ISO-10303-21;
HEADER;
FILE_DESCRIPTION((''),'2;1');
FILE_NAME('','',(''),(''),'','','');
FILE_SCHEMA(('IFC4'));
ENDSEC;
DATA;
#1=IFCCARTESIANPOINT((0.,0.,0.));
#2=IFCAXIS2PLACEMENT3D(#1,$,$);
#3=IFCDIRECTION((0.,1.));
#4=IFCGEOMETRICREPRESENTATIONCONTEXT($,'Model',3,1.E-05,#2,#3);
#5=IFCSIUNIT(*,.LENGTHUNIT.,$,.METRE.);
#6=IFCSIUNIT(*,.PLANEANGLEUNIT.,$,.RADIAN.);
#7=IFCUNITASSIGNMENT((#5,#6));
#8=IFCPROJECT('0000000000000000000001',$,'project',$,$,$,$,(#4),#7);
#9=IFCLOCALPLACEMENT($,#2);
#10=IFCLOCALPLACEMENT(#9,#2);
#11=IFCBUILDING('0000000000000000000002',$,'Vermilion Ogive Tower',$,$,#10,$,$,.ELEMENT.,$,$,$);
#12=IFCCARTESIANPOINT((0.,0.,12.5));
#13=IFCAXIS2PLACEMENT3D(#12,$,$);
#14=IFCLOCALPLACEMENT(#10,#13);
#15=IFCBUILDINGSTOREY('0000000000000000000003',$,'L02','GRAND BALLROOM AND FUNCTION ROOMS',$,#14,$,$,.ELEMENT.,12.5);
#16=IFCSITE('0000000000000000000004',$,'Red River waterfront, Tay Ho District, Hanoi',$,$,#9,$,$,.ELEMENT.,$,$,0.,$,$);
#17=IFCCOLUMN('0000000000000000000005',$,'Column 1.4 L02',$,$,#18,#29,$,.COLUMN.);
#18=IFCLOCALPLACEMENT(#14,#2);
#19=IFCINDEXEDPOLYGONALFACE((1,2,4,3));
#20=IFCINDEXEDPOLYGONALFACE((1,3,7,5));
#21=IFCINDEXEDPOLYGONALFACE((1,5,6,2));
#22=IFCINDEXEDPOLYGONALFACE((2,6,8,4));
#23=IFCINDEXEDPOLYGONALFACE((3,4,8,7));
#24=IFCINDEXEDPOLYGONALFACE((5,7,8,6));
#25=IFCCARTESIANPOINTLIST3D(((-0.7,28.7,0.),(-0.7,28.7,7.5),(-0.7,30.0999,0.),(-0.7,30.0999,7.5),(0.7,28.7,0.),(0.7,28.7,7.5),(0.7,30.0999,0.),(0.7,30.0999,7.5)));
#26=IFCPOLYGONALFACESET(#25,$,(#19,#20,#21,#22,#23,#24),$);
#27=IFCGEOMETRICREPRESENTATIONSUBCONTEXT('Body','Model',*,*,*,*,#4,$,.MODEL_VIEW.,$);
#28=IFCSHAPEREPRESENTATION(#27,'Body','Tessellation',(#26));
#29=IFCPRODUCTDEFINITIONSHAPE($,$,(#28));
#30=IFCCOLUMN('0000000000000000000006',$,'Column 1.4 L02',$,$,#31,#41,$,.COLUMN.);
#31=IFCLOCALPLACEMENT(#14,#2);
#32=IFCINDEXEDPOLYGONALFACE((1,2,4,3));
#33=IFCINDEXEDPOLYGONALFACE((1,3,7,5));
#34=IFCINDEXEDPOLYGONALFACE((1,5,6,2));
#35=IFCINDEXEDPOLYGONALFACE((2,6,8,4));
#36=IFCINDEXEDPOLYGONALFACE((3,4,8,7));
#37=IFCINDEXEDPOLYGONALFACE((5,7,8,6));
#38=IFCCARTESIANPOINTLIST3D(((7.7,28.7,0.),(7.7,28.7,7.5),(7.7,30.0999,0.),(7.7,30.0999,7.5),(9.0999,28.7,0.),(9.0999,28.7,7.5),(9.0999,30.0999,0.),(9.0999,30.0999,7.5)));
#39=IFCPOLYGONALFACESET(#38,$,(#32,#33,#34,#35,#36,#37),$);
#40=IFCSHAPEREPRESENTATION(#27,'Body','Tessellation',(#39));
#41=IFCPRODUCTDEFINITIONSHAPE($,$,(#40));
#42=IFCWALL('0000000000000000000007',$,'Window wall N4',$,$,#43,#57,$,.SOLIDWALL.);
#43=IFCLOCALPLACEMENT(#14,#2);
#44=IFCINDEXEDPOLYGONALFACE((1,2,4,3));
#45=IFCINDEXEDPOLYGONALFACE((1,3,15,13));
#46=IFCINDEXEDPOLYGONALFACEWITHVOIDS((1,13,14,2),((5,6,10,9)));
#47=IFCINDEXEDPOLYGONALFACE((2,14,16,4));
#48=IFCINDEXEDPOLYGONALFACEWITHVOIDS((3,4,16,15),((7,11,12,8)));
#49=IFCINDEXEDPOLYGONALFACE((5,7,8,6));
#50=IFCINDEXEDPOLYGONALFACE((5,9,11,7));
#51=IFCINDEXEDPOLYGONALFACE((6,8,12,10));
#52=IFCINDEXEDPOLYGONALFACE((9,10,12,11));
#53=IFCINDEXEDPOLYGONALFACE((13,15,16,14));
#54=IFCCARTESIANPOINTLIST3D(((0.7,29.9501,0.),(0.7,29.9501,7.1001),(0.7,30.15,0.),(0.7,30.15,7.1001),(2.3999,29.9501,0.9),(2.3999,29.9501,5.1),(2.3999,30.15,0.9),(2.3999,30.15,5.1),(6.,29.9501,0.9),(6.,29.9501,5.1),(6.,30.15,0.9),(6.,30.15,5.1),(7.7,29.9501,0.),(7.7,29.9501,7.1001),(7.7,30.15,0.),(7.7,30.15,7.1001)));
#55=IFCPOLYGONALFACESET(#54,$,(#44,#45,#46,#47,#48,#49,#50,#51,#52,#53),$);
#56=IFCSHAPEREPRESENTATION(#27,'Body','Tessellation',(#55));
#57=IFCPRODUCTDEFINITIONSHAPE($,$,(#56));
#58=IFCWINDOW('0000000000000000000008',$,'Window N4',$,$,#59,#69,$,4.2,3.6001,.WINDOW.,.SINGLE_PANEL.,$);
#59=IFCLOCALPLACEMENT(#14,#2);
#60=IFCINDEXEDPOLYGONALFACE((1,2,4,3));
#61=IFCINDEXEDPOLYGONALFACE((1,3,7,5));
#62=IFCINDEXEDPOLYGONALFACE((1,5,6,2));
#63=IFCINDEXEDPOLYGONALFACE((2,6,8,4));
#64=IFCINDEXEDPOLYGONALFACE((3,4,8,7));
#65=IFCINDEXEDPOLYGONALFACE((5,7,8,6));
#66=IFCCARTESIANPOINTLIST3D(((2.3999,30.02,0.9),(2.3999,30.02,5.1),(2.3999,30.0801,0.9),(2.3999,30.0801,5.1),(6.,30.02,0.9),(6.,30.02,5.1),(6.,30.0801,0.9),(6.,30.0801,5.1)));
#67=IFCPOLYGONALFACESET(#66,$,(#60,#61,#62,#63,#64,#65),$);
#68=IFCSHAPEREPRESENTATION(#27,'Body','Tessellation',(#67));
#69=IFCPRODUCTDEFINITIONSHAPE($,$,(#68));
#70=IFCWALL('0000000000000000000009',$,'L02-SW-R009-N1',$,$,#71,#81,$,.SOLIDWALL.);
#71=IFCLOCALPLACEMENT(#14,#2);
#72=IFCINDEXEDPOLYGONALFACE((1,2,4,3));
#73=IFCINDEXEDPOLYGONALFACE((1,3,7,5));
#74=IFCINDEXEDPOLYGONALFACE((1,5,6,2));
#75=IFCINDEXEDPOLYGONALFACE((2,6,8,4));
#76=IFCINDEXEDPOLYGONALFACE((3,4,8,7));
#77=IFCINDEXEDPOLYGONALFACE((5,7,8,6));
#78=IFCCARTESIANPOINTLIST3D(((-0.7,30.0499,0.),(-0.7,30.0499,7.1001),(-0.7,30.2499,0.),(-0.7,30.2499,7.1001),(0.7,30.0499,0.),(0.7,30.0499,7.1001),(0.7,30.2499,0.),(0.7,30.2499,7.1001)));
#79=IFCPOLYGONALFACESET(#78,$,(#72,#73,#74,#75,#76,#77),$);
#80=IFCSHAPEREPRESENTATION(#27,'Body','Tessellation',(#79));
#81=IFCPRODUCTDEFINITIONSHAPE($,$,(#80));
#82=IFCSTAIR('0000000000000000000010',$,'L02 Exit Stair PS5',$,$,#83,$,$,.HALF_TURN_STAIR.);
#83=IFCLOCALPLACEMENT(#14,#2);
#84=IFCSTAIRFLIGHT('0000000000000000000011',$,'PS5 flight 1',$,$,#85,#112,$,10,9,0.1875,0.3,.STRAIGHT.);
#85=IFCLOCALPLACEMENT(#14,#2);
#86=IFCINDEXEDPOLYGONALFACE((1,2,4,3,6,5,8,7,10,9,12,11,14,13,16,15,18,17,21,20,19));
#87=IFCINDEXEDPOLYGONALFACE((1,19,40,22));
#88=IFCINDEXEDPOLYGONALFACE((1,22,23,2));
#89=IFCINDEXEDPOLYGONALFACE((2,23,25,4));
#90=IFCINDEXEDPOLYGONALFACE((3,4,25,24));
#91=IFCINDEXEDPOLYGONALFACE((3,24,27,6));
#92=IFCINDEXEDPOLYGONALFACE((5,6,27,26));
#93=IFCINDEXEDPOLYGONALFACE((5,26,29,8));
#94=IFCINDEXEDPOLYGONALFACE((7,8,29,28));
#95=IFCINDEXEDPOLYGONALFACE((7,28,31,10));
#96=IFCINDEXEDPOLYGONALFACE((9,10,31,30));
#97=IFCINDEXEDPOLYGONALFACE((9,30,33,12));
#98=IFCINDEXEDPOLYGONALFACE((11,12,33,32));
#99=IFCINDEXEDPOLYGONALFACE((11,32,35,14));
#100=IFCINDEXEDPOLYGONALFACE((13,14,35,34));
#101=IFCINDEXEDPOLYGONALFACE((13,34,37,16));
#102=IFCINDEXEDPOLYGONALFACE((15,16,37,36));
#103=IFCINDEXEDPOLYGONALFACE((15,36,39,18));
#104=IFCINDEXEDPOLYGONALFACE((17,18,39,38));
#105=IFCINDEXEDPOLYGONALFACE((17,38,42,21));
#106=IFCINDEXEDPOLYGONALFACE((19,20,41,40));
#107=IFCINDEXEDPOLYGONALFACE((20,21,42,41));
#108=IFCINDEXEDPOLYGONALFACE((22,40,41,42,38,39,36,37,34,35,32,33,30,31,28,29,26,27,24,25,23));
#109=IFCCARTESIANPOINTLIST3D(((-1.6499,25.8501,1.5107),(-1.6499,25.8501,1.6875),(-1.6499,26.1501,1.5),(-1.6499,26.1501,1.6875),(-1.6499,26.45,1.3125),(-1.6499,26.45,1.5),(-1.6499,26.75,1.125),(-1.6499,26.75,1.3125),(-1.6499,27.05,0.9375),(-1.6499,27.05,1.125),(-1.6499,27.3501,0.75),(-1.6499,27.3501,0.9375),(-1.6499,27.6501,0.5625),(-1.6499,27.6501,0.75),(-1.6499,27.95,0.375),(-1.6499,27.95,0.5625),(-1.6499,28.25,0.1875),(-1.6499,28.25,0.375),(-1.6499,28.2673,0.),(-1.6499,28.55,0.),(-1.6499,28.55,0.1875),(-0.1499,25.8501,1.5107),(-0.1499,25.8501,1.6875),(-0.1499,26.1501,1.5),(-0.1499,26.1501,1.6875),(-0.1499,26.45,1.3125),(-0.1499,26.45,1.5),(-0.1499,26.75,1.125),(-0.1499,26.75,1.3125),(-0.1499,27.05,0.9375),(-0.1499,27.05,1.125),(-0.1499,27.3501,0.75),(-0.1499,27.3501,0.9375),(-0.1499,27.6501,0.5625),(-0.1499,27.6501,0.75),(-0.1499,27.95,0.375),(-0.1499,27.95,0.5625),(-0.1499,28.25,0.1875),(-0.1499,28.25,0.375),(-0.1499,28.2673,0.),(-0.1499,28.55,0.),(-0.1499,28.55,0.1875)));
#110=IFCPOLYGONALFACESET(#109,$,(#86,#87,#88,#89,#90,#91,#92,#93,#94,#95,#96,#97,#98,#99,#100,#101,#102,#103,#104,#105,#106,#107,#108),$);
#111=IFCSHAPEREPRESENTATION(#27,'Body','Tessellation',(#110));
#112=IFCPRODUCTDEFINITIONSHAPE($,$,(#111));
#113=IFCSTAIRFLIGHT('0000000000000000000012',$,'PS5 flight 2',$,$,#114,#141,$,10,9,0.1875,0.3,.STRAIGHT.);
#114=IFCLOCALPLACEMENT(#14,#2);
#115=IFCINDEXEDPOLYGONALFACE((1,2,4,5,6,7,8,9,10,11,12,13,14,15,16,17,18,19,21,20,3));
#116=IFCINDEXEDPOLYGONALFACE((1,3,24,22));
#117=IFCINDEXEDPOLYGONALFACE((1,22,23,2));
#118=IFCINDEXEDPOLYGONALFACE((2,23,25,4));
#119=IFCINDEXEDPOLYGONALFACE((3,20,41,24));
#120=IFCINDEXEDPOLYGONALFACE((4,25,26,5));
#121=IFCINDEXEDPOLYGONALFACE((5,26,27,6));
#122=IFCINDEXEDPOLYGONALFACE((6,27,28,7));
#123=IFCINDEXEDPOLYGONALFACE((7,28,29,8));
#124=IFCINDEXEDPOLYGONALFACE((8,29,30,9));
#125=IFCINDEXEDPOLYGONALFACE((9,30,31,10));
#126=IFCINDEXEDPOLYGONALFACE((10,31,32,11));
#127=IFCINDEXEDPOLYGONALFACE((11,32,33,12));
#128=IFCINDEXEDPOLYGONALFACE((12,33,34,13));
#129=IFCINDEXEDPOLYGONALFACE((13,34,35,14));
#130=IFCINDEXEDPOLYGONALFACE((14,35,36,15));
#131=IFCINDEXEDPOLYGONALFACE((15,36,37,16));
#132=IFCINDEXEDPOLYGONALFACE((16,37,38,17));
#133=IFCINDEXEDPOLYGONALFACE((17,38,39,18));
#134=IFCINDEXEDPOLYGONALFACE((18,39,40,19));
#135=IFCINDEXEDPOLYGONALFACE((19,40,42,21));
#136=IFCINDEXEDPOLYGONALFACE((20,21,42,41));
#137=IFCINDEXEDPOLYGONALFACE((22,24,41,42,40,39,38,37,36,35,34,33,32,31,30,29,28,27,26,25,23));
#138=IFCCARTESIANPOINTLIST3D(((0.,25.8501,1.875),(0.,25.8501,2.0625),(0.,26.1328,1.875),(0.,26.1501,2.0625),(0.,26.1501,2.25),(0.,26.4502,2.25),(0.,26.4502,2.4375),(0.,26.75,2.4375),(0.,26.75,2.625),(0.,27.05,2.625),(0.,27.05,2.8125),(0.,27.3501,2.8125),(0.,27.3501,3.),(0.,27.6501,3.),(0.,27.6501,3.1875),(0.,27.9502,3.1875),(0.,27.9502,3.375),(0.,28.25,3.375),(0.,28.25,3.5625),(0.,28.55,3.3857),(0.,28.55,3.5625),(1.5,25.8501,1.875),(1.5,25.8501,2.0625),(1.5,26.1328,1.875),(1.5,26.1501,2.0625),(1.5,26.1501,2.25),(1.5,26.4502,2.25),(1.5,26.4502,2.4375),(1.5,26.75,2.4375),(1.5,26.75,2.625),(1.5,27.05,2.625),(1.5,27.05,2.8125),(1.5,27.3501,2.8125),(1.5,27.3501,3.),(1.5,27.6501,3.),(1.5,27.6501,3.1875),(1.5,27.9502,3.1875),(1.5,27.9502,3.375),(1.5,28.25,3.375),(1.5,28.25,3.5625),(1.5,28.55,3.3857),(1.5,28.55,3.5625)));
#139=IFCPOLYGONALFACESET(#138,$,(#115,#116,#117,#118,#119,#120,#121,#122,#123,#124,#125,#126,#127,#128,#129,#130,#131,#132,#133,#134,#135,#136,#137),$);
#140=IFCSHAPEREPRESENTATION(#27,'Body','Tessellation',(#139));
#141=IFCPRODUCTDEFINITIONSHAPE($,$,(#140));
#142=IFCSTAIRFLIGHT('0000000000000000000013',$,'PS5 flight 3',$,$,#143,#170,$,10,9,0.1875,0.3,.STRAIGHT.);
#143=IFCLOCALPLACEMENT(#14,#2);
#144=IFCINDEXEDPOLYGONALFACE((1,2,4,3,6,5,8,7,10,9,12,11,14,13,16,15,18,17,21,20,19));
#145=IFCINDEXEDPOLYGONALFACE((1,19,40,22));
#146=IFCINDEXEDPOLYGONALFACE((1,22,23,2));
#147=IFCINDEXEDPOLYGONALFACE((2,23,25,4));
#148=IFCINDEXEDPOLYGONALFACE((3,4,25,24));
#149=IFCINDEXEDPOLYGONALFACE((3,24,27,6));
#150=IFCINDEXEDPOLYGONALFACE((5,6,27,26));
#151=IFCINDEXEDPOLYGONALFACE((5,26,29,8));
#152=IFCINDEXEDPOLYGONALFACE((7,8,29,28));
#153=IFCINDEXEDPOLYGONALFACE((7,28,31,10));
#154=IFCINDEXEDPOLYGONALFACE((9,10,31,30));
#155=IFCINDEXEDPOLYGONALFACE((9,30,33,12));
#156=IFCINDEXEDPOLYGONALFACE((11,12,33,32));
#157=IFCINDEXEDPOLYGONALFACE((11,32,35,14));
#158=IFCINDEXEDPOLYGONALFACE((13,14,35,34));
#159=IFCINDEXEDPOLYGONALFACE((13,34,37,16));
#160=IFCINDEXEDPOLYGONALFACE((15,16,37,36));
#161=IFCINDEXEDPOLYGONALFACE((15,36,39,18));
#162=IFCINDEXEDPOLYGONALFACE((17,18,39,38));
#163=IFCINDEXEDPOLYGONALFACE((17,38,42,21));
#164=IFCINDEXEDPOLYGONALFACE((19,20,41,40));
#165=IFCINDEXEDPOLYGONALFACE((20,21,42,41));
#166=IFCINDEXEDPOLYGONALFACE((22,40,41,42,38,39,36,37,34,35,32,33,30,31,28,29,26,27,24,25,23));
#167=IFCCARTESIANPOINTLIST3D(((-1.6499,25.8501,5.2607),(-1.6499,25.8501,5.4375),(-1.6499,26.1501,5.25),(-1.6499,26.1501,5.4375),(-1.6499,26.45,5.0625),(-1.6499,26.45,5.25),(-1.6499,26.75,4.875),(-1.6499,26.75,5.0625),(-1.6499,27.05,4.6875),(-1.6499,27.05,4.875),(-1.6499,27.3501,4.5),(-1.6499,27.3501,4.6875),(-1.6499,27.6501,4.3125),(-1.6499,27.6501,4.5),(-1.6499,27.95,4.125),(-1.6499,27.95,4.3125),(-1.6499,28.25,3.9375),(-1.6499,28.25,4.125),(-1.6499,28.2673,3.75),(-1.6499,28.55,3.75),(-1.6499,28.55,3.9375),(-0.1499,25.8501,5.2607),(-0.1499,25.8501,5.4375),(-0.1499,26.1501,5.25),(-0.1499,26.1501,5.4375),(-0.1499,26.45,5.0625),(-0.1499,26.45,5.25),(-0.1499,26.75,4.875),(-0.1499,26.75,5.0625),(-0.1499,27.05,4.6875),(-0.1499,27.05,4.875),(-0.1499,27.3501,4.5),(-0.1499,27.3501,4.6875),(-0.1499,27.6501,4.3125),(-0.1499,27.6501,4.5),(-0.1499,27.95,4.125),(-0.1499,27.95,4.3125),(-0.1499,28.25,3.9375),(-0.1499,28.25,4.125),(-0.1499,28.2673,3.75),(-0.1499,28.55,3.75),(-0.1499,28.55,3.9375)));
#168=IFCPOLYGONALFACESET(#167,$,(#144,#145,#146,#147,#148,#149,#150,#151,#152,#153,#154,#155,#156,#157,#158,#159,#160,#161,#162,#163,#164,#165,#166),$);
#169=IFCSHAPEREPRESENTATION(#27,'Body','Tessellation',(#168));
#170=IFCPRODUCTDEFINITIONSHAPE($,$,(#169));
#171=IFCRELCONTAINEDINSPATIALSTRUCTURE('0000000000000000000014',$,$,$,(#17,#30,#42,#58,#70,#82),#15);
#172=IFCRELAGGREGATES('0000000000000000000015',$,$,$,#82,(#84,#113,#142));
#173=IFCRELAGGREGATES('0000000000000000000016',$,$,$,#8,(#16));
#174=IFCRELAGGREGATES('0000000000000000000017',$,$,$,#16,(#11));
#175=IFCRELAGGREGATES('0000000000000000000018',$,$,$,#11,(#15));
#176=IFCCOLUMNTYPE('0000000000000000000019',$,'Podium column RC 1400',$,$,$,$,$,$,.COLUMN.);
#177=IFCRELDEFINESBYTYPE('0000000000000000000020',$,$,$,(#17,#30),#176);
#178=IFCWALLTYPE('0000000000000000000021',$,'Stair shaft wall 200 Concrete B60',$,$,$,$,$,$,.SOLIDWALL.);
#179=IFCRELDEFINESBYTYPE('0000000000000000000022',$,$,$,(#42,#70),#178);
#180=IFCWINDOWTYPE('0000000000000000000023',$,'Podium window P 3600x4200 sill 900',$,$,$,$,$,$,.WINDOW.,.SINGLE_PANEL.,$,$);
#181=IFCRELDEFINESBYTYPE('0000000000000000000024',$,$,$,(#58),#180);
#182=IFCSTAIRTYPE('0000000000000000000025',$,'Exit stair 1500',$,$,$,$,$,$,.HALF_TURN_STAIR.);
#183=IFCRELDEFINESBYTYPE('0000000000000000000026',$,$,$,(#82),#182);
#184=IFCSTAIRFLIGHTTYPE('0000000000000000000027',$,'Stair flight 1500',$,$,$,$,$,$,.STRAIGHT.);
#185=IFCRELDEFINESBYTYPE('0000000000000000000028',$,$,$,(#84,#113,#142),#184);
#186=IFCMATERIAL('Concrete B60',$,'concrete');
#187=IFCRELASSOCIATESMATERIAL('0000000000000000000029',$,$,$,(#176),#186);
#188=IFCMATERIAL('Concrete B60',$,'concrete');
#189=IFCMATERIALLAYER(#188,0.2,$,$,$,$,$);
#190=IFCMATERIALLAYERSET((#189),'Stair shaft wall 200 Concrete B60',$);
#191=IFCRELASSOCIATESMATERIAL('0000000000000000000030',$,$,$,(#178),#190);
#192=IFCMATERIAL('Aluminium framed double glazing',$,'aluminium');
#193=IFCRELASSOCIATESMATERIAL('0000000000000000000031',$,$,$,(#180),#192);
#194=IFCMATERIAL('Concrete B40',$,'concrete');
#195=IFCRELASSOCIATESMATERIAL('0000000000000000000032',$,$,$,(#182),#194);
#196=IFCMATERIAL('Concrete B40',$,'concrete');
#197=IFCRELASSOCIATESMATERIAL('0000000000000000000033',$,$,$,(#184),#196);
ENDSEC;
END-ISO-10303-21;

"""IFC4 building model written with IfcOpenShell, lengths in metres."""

from ifc_helpers import new_model, si_unit, direction, frame, frame_2d, origin, origin_2d, place, context, subcontext, project, spatial, polyline, rectangle, outline, extrude, material, layer, layer_set, material_profile, profile_set, type_object, element, fill, aggregate, save


model = new_model("IFC4")

# Units and contexts
model_context = context("Model", 3, precision=1e-05, world=origin(), true_north=direction((0.0, 1.0)))
body_context = subcontext(model_context, "Body", "Model", "MODEL_VIEW")
ifc_project = project(units=[si_unit("LENGTHUNIT", "METRE"), si_unit("PLANEANGLEUNIT", "RADIAN")], contexts=[model_context])

# Site, building, storey
site_placement = place(None, origin())
site = spatial("IfcSite", under=ifc_project, at=site_placement, Name="Red River waterfront, Tay Ho District, Hanoi", CompositionType="ELEMENT", RefElevation=0.0)
building_placement = place(site_placement, origin())
building = spatial("IfcBuilding", under=site, at=building_placement, Name="Vermilion Ogive Tower", CompositionType="ELEMENT")
storey_placement = place(building_placement, frame((0.0, 0.0, 12.5)))
storey = spatial("IfcBuildingStorey", under=building, at=storey_placement, Name="L02", Description="GRAND BALLROOM AND FUNCTION ROOMS", CompositionType="ELEMENT", Elevation=12.5)

# Columns
ifc_material_1 = material(Name="Concrete B60", Category="concrete")
ifc_material_profile = material_profile(ifc_material_1, rectangle(XDim=1.3999, YDim=1.3999, at=origin_2d()), Name="RC 1400x1400")
ifc_profile_set = profile_set([ifc_material_profile], Name="Concrete B60")
column_type = type_object("IfcColumnType", Name="Podium column RC 1400", PredefinedType="COLUMN", material=ifc_profile_set)
for number, where, z_axis, x_axis, name in (
    (1, (0.0, 29.3999, 0.0), (0.0, 0.0, 1.0), (1.0, 0.0, 0.0), "Column 1.4 L02"),
    (2, (8.3999, 29.3999, 0.0), (0.0, 0.0, 1.0), (1.0, 0.0, 0.0), "Column 1.4 L02"),
):
    element("IfcColumn", number, at=place(storey_placement, frame(where, z_axis=z_axis, x_axis=x_axis)), inside=storey, type_object=column_type, Name=name, PredefinedType="COLUMN", context=body_context, shape_type="SweptSolid", body=[
        extrude(rectangle(XDim=1.3999, YDim=1.3999, at=origin_2d()), origin(), (0.0, 0.0, 1.0), 7.5),
    ])

# Wall, opening, window
ifc_material_2 = material(Name="Concrete B60", Category="concrete")
ifc_layer = layer(ifc_material_2, 0.2)
ifc_layer_set = layer_set([ifc_layer], Name="Stair shaft wall 200 Concrete B60")
wall_type = type_object("IfcWallType", Name="Stair shaft wall 200 Concrete B60", PredefinedType="SOLIDWALL", material=ifc_layer_set)
wall_1_placement = place(storey_placement, frame((0.7, 30.05, 0.0), z_axis=(0.0, 0.0, 1.0), x_axis=(1.0, 0.0, 0.0)))
wall_1 = element("IfcWall", 3, at=wall_1_placement, inside=storey, type_object=wall_type, Name="Window wall N4", PredefinedType="SOLIDWALL", context=body_context, shape_type="SweptSolid", body=[
    extrude(rectangle(XDim=7.0, YDim=0.2, at=frame_2d((3.5, 0.0))), origin(), (0.0, 0.0, 1.0), 7.1001),
])
opening_placement = place(wall_1_placement, frame((1.7, 0.0, 0.8999)))
opening = element("IfcOpeningElement", 4, at=opening_placement, cuts=wall_1, PredefinedType="OPENING", context=body_context, shape_type="SweptSolid", body=[
    extrude(rectangle(XDim=3.6001, YDim=4.2, at=frame_2d((1.8, 2.1001))), frame((0.0, 0.1099, 0.0), z_axis=(0.0, -1.0, 0.0), x_axis=(1.0, 0.0, 0.0)), (0.0, 0.0, 1.0), 0.22),
])
ifc_material_3 = material(Name="Aluminium framed double glazing", Category="aluminium")
window_type = type_object("IfcWindowType", Name="Podium window P 3600x4200 sill 900", PartitioningType="SINGLE_PANEL", PredefinedType="WINDOW", material=ifc_material_3)
window_placement = place(opening_placement, origin())
window = element("IfcWindow", 5, at=window_placement, inside=storey, type_object=window_type, Name="Window N4", OverallHeight=4.2, OverallWidth=3.6001, PartitioningType="SINGLE_PANEL", PredefinedType="WINDOW", context=body_context, shape_type="SweptSolid", body=[
    extrude(rectangle(XDim=3.6001, YDim=4.2, at=frame_2d((1.8, 2.1001))), frame((0.0, 0.03, 0.0), z_axis=(0.0, -1.0, 0.0), x_axis=(1.0, 0.0, 0.0)), (0.0, 0.0, 1.0), 0.0601),
])
fill(opening, window)

# Wall
wall_2_placement = place(storey_placement, frame((-0.7, 30.1499, 0.0), z_axis=(0.0, 0.0, 1.0), x_axis=(1.0, 0.0, 0.0)))
element("IfcWall", 6, at=wall_2_placement, inside=storey, type_object=wall_type, Name="L02-SW-R009-N1", PredefinedType="SOLIDWALL", context=body_context, shape_type="SweptSolid", body=[
    extrude(rectangle(XDim=1.3999, YDim=0.2, at=frame_2d((0.7, 0.0))), origin(), (0.0, 0.0, 1.0), 7.1001),
])

# Stair, stair flights
ifc_material_4 = material(Name="Concrete B40", Category="concrete")
stair_type = type_object("IfcStairType", Name="Exit stair 1500", PredefinedType="HALF_TURN_STAIR", material=ifc_material_4)
stair_placement = place(storey_placement, origin())
stair = element("IfcStair", 7, at=stair_placement, inside=storey, type_object=stair_type, Name="L02 Exit Stair PS5", PredefinedType="HALF_TURN_STAIR")
ifc_material_5 = material(Name="Concrete B40", Category="concrete")
stair_flight_type = type_object("IfcStairFlightType", Name="Stair flight 1500", PredefinedType="STRAIGHT", material=ifc_material_5)
stair_flight_1_placement = place(storey_placement, frame((-0.8999, 28.55, 0.0), z_axis=(0.0, 0.0, 1.0), x_axis=(0.0, -1.0, 0.0)))
stair_flight_1 = element("IfcStairFlight", 8, at=stair_flight_1_placement, type_object=stair_flight_type, Name="PS5 flight 1", NumberOfRisers=10, NumberOfTreads=9, PredefinedType="STRAIGHT", RiserHeight=0.1875, TreadLength=0.3, context=body_context, shape_type="SweptSolid", body=[
    extrude(outline(polyline([(0.0, 0.0), (0.0, 0.1875), (0.3, 0.1875), (0.3, 0.375), (0.6001, 0.375), (0.6001, 0.5625), (0.8999, 0.5625), (0.8999, 0.75), (1.2, 0.75), (1.2, 0.9375), (1.5, 0.9375), (1.5, 1.125), (1.8, 1.125), (1.8, 1.3125), (2.1001, 1.3125), (2.1001, 1.5), (2.3999, 1.5), (2.3999, 1.6875), (2.7, 1.6875), (2.7, 1.875), (2.7, 1.5107), (0.2827, 0.0), (0.0, 0.0)])), frame((0.0, 0.75, 0.0), z_axis=(0.0, -1.0, 0.0), x_axis=(1.0, 0.0, 0.0)), (0.0, 0.0, 1.0), 1.5),
])
stair_flight_2_placement = place(storey_placement, frame((0.75, 25.8501, 1.875), z_axis=(0.0, 0.0, 1.0), x_axis=(0.0, 1.0, 0.0)))
stair_flight_2 = element("IfcStairFlight", 9, at=stair_flight_2_placement, type_object=stair_flight_type, Name="PS5 flight 2", NumberOfRisers=10, NumberOfTreads=9, PredefinedType="STRAIGHT", RiserHeight=0.1875, TreadLength=0.3, context=body_context, shape_type="SweptSolid", body=[
    extrude(outline(polyline([(0.0, 0.0), (0.0, 0.1875), (0.3, 0.1875), (0.3, 0.375), (0.6001, 0.375), (0.6001, 0.5625), (0.8999, 0.5625), (0.8999, 0.75), (1.2, 0.75), (1.2, 0.9375), (1.5, 0.9375), (1.5, 1.125), (1.8, 1.125), (1.8, 1.3125), (2.1001, 1.3125), (2.1001, 1.5), (2.3999, 1.5), (2.3999, 1.6875), (2.7, 1.6875), (2.7, 1.875), (2.7, 1.5107), (0.2827, 0.0), (0.0, 0.0)])), frame((0.0, 0.75, 0.0), z_axis=(0.0, -1.0, 0.0), x_axis=(1.0, 0.0, 0.0)), (0.0, 0.0, 1.0), 1.5),
])
stair_flight_3_placement = place(storey_placement, frame((-0.8999, 28.55, 3.75), z_axis=(0.0, 0.0, 1.0), x_axis=(0.0, -1.0, 0.0)))
stair_flight_3 = element("IfcStairFlight", 10, at=stair_flight_3_placement, type_object=stair_flight_type, Name="PS5 flight 3", NumberOfRisers=10, NumberOfTreads=9, PredefinedType="STRAIGHT", RiserHeight=0.1875, TreadLength=0.3, context=body_context, shape_type="SweptSolid", body=[
    extrude(outline(polyline([(0.0, 0.0), (0.0, 0.1875), (0.3, 0.1875), (0.3, 0.375), (0.6001, 0.375), (0.6001, 0.5625), (0.8999, 0.5625), (0.8999, 0.75), (1.2, 0.75), (1.2, 0.9375), (1.5, 0.9375), (1.5, 1.125), (1.8, 1.125), (1.8, 1.3125), (2.1001, 1.3125), (2.1001, 1.5), (2.3999, 1.5), (2.3999, 1.6875), (2.7, 1.6875), (2.7, 1.875), (2.7, 1.5107), (0.2827, 0.0), (0.0, 0.0)])), frame((0.0, 0.75, 0.0), z_axis=(0.0, -1.0, 0.0), x_axis=(1.0, 0.0, 0.0)), (0.0, 0.0, 1.0), 1.5),
])
aggregate(stair, [stair_flight_1, stair_flight_2, stair_flight_3])

save(model, "model.ifc")
